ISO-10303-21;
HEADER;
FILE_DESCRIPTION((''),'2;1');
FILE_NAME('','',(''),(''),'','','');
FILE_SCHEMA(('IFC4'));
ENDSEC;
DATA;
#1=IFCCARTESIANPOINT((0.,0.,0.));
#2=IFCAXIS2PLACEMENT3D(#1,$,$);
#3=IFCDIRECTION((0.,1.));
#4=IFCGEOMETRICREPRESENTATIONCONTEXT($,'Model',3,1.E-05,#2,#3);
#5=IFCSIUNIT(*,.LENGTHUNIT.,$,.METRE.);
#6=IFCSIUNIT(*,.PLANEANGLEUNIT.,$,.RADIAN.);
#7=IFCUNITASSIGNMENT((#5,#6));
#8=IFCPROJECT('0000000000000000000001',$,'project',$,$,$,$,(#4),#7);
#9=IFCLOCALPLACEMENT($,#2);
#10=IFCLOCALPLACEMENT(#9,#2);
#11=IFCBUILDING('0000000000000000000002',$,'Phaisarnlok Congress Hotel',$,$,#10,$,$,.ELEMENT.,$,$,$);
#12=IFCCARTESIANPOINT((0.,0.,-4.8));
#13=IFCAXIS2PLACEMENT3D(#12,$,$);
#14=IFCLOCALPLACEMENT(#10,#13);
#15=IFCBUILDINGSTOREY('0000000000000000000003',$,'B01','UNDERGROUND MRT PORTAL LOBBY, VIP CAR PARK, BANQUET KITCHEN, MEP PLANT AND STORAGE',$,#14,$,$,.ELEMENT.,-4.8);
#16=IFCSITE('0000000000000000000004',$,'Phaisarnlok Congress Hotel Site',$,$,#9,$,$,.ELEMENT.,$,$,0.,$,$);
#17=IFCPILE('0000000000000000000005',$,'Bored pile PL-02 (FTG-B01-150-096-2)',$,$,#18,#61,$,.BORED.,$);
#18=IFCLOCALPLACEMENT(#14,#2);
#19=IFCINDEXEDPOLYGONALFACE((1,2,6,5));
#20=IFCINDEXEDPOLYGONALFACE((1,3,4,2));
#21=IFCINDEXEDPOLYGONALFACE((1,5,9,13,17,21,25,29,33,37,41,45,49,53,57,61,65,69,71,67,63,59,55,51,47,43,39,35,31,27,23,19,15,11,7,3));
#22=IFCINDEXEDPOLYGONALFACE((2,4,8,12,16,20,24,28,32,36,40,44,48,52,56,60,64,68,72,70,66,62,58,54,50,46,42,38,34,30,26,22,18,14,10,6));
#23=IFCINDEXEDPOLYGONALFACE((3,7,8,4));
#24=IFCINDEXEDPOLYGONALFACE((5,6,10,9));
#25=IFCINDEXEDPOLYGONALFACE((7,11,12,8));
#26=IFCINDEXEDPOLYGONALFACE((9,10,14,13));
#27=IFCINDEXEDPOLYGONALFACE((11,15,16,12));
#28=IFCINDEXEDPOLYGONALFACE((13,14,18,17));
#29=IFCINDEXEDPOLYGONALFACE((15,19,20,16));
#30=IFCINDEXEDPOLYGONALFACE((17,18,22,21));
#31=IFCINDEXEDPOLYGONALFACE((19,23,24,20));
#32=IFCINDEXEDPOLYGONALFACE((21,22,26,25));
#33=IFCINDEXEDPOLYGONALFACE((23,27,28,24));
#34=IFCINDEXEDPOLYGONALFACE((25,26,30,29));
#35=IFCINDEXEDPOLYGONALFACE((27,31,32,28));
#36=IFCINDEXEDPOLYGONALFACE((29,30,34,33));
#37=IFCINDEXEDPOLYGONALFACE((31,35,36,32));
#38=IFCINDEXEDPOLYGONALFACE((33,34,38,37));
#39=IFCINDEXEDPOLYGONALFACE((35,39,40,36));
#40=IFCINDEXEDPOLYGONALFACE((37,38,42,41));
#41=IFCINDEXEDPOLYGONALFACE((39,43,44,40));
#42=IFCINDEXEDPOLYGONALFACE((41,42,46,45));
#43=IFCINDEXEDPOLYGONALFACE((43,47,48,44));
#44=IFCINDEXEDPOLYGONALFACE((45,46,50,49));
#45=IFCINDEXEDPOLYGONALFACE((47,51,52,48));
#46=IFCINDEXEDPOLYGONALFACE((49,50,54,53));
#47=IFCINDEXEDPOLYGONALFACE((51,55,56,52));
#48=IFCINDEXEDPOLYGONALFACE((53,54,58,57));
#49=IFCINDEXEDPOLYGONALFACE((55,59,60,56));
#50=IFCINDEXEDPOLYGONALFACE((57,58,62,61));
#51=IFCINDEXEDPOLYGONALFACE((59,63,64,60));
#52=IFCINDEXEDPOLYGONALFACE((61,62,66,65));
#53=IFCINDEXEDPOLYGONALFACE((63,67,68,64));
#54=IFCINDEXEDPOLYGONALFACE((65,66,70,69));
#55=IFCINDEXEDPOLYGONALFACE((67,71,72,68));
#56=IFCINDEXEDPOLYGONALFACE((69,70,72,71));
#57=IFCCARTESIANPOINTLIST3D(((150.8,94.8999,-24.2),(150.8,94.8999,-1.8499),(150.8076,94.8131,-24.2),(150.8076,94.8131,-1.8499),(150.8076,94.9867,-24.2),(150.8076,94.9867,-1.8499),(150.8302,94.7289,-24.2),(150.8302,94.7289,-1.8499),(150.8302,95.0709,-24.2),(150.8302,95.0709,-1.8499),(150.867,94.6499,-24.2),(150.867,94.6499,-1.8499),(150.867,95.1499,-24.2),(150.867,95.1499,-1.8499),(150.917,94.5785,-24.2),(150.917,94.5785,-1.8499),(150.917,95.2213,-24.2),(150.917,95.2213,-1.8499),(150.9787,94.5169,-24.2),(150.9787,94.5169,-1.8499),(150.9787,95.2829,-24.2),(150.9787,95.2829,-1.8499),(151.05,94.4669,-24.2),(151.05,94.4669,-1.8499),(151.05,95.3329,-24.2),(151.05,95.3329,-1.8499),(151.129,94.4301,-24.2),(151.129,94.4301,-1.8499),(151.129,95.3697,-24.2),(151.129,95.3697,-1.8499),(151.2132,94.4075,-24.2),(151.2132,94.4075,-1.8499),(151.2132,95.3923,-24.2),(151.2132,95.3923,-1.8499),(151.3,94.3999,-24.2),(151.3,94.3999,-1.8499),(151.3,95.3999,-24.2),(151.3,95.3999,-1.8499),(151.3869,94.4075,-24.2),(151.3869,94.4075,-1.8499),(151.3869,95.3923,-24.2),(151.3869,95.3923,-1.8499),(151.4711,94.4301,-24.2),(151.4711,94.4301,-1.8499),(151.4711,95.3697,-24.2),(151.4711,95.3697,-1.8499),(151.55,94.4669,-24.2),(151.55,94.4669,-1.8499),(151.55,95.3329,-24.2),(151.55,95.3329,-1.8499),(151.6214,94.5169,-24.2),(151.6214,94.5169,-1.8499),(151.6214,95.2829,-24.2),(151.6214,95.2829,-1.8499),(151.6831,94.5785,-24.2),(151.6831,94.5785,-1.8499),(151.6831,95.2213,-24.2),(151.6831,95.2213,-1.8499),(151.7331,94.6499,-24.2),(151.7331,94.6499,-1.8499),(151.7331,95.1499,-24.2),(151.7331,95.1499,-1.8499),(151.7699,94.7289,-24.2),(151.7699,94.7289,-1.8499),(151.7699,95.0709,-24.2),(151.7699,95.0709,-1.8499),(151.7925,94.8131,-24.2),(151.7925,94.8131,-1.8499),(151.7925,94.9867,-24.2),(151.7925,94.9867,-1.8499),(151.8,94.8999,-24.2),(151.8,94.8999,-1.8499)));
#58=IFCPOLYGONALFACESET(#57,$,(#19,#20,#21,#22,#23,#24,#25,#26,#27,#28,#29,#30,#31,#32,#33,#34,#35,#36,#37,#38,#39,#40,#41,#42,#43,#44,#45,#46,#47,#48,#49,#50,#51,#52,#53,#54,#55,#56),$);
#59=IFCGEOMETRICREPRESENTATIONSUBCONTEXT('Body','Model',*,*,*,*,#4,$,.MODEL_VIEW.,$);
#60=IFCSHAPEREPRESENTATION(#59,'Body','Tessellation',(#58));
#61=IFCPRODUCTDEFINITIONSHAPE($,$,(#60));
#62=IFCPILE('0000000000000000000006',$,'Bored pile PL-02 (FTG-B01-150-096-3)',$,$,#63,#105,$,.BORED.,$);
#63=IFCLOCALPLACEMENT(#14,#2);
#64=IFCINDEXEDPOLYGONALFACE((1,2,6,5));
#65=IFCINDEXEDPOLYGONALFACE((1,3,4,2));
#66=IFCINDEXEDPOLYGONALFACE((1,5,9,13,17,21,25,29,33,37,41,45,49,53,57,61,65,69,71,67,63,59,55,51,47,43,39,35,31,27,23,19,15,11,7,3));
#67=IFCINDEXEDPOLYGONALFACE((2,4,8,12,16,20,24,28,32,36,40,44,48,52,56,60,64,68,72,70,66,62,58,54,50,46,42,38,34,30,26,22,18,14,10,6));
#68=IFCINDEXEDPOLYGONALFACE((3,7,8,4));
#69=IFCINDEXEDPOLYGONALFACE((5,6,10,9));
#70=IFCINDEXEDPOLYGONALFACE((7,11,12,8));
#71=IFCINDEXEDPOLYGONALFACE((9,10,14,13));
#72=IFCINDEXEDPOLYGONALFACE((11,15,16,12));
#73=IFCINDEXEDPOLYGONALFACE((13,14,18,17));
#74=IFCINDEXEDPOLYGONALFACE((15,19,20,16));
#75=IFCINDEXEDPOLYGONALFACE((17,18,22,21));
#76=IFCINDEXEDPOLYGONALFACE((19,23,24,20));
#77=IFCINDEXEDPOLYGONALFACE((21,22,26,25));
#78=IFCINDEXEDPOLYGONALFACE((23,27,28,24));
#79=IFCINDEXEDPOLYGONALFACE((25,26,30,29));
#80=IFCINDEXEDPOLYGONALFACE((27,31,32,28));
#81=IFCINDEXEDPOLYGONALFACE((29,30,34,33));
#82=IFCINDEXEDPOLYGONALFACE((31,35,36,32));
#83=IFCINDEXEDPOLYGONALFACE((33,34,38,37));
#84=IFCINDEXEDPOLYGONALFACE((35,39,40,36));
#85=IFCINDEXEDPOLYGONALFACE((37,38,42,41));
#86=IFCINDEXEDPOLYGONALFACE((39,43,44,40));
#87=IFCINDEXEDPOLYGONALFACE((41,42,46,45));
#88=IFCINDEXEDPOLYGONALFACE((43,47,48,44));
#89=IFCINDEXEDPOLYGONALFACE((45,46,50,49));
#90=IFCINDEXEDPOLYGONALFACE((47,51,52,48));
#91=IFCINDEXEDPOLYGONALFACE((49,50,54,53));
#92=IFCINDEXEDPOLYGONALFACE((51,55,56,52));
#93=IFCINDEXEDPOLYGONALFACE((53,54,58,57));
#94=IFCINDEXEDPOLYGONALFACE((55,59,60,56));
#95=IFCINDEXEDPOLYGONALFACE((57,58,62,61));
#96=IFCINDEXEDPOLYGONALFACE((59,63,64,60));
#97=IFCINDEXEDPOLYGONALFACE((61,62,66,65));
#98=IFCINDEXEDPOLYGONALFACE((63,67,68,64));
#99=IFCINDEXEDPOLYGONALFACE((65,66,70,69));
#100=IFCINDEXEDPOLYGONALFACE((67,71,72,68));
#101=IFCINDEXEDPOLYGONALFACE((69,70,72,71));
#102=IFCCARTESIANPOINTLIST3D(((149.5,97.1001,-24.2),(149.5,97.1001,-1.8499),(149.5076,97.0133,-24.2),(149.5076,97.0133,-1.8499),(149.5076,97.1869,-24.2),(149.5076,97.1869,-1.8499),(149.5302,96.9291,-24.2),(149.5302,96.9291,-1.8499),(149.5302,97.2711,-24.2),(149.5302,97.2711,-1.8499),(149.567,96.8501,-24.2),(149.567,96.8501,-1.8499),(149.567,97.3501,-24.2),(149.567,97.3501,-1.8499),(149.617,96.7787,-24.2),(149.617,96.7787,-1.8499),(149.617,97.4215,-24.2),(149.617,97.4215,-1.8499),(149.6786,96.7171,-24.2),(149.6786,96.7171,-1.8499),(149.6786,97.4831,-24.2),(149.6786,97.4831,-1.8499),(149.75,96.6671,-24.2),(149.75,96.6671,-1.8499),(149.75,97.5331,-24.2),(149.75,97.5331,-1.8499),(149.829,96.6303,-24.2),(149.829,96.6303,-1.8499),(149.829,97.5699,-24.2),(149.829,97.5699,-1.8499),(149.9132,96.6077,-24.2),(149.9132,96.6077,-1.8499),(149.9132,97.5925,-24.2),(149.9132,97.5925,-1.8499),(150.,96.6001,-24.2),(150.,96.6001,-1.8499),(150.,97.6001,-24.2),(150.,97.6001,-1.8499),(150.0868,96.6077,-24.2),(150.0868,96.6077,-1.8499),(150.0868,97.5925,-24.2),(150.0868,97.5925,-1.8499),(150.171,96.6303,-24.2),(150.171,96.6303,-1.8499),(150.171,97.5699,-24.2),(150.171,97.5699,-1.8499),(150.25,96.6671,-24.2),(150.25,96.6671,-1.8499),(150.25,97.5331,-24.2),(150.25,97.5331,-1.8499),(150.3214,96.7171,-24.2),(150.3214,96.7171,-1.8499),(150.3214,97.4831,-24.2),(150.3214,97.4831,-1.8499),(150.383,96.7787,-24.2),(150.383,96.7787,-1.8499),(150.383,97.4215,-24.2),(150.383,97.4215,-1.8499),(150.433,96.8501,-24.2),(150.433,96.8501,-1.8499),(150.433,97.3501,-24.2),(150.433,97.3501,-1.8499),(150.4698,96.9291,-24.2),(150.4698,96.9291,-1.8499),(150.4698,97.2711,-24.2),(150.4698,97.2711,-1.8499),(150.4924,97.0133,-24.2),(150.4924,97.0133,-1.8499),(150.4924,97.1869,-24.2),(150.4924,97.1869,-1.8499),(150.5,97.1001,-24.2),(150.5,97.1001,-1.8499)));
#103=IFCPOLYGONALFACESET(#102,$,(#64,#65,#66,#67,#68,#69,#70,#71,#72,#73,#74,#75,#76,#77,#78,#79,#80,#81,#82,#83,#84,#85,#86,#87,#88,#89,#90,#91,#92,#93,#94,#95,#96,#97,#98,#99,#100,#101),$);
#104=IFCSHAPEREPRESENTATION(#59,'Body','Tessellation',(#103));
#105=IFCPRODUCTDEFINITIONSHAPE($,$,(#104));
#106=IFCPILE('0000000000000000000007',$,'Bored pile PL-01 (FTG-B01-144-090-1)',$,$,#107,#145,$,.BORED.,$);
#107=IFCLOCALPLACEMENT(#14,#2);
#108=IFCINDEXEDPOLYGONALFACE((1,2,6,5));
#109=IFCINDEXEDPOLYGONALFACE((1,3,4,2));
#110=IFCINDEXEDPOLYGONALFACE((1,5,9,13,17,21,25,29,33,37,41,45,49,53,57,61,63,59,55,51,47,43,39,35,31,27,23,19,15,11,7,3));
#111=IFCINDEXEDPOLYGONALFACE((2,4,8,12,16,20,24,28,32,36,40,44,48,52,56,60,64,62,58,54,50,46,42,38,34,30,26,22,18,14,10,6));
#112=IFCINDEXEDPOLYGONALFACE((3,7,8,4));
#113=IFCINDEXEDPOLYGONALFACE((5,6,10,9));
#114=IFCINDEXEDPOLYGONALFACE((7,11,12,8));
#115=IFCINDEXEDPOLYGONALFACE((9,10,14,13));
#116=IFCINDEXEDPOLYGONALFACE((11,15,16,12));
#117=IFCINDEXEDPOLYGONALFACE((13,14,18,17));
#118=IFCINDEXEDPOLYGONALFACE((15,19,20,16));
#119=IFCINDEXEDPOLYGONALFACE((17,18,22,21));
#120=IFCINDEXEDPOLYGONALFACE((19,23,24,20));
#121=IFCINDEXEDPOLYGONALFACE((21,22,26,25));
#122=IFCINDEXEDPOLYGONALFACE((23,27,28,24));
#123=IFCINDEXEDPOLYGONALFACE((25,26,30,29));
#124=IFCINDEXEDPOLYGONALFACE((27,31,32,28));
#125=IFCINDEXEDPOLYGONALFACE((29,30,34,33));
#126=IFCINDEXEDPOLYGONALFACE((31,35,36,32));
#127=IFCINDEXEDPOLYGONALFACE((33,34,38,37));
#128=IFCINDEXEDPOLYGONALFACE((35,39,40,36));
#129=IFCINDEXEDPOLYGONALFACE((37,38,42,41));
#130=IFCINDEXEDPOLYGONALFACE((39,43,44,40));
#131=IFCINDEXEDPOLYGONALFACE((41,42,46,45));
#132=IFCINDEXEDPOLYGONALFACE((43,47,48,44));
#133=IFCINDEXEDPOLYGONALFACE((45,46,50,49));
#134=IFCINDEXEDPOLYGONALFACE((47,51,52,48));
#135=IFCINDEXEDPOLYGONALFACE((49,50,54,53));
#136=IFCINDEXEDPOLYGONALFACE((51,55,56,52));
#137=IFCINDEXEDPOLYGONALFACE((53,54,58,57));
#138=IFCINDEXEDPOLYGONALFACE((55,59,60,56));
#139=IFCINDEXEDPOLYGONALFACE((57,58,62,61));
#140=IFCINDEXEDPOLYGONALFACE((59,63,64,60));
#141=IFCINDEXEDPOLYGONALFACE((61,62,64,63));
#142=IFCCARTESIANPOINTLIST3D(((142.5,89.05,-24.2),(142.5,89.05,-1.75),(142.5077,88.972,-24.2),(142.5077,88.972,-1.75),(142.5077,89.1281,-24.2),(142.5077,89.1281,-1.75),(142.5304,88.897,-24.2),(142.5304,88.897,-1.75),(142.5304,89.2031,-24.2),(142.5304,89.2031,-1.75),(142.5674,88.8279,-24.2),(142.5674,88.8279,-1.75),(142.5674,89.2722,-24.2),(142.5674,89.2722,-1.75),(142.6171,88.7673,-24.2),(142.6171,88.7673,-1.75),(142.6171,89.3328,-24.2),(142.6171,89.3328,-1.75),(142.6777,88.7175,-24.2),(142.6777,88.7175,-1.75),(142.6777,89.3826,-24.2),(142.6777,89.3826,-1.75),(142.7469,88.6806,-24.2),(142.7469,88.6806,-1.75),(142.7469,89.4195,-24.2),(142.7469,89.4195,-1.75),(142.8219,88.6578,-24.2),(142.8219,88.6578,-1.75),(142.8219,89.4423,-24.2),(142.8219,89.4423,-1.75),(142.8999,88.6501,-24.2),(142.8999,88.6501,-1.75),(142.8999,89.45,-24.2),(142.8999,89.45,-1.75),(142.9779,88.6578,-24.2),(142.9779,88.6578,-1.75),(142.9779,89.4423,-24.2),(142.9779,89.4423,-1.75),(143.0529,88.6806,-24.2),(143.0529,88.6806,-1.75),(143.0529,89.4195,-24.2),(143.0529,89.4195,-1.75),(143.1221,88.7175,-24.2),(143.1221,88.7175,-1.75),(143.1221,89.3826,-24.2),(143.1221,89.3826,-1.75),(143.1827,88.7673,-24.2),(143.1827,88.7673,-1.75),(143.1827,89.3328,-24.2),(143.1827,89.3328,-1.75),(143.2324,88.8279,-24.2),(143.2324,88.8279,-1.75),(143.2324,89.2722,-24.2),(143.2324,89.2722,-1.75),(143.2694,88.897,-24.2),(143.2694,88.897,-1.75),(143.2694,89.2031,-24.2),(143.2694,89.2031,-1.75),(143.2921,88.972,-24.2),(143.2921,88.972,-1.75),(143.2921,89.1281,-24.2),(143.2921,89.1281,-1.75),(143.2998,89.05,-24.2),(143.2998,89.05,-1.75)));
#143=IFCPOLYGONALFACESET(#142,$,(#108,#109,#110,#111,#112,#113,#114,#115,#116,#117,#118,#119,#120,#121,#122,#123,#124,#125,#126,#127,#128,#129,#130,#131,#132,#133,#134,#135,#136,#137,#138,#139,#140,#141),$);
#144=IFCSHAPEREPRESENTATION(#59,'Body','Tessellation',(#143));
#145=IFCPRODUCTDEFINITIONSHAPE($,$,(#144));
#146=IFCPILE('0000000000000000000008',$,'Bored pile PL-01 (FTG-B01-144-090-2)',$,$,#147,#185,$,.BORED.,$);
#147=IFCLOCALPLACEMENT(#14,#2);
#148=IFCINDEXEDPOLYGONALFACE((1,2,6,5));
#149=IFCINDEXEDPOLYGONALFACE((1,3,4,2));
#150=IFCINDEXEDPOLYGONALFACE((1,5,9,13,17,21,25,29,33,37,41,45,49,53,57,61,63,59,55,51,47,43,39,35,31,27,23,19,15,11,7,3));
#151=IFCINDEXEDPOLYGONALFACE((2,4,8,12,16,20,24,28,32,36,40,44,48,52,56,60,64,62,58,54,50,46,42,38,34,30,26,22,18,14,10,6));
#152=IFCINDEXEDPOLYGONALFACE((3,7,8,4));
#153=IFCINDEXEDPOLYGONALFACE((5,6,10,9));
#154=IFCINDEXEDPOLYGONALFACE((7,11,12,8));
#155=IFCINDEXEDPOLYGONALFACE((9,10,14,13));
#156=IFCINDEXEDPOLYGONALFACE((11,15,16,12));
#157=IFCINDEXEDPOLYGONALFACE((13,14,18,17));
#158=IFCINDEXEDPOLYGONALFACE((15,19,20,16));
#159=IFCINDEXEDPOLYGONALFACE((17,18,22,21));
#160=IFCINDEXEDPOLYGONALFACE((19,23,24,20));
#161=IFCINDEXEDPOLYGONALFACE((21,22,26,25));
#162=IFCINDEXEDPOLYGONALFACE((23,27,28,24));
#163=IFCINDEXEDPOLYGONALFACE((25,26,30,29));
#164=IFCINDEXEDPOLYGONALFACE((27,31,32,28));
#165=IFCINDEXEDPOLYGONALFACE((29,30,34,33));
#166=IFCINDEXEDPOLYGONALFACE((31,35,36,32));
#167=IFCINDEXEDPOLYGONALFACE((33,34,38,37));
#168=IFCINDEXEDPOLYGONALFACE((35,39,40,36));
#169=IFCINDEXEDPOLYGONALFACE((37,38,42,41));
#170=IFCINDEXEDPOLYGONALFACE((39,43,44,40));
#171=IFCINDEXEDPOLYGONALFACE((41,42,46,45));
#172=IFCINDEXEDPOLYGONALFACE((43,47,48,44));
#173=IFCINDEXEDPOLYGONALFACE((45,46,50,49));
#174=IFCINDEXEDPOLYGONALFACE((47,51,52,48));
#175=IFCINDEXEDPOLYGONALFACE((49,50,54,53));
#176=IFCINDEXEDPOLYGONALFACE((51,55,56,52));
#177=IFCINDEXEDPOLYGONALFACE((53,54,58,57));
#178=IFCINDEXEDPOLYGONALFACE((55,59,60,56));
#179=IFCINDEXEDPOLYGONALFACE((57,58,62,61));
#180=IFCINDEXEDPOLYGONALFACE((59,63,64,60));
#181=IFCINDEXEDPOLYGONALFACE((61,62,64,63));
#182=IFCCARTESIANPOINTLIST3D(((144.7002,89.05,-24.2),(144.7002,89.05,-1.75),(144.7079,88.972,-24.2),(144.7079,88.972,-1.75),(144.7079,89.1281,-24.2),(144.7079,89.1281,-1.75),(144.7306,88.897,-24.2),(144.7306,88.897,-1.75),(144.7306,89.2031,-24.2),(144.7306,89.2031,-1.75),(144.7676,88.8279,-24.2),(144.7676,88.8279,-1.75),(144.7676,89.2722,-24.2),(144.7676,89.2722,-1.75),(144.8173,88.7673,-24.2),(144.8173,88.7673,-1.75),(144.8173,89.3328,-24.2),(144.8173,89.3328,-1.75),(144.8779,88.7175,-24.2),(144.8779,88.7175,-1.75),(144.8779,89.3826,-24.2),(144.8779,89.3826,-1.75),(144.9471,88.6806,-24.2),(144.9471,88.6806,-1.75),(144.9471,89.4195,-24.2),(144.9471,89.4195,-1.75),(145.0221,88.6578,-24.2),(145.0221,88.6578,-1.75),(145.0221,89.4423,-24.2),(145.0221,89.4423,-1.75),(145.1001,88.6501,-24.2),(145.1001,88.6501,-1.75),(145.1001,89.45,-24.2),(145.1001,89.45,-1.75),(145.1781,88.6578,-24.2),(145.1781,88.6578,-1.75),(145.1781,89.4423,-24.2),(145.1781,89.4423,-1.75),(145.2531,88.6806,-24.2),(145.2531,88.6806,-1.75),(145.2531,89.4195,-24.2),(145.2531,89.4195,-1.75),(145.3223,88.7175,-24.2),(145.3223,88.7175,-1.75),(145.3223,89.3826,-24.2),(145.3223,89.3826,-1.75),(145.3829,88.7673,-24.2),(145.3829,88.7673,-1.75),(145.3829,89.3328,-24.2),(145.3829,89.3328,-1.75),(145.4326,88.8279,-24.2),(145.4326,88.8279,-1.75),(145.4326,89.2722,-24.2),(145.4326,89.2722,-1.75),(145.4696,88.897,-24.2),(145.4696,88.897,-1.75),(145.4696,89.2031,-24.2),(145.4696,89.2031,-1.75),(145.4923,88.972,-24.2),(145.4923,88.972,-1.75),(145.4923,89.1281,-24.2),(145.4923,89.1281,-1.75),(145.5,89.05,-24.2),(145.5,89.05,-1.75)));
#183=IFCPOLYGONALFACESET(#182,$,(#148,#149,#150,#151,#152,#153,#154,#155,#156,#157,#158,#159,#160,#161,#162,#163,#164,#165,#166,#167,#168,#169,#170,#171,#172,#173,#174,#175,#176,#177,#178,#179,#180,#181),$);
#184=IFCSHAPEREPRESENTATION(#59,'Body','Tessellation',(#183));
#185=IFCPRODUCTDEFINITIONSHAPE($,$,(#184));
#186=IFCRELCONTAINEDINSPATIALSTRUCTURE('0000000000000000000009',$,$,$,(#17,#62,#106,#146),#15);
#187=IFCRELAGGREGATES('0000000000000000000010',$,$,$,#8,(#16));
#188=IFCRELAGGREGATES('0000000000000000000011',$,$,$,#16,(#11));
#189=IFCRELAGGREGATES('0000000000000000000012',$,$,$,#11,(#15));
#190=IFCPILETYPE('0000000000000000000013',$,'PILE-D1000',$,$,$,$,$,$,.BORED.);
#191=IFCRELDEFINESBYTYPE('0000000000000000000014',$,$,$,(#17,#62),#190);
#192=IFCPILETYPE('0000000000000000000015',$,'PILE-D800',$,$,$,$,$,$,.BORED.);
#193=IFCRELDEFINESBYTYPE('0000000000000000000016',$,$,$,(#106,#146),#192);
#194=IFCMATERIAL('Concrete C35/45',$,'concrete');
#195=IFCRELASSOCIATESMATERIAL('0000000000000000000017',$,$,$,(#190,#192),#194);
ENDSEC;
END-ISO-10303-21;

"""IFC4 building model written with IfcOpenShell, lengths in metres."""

from ifc_helpers import new_model, si_unit, direction, frame, origin, origin_2d, place, context, subcontext, project, spatial, circle, extrude, material, material_profile, profile_set, type_object, element, save


model = new_model("IFC4")

# Units and contexts
model_context = context("Model", 3, precision=1e-05, world=origin(), true_north=direction((0.0, 1.0)))
body_context = subcontext(model_context, "Body", "Model", "MODEL_VIEW")
ifc_project = project(units=[si_unit("LENGTHUNIT", "METRE"), si_unit("PLANEANGLEUNIT", "RADIAN")], contexts=[model_context])

# Site, building, storey
site_placement = place(None, origin())
site = spatial("IfcSite", under=ifc_project, at=site_placement, Name="Phaisarnlok Congress Hotel Site", CompositionType="ELEMENT", RefElevation=0.0)
building_placement = place(site_placement, origin())
building = spatial("IfcBuilding", under=site, at=building_placement, Name="Phaisarnlok Congress Hotel", CompositionType="ELEMENT")
storey_placement = place(building_placement, frame((0.0, 0.0, -4.8)))
storey = spatial("IfcBuildingStorey", under=building, at=storey_placement, Name="B01", Description="UNDERGROUND MRT PORTAL LOBBY, VIP CAR PARK, BANQUET KITCHEN, MEP PLANT AND STORAGE", CompositionType="ELEMENT", Elevation=-4.8)

# Piles
ifc_material_1 = material(Name="Concrete C35/45", Category="concrete")
ifc_material_profile_1 = material_profile(ifc_material_1, circle(Radius=0.5, at=origin_2d()), Name="BORED PILE D1000")
ifc_profile_set_1 = profile_set([ifc_material_profile_1], Name="Concrete C35/45")
pile_type_1 = type_object("IfcPileType", Name="PILE-D1000", PredefinedType="BORED", material=ifc_profile_set_1)
for number, where, z_axis, x_axis, name in (
    (1, (151.3, 94.8999, -1.8499), (0.0, 0.0, -1.0), (1.0, 0.0, 0.0), "Bored pile PL-02 (FTG-B01-150-096-2)"),
    (2, (150.0, 97.1001, -1.8499), (0.0, 0.0, -1.0), (1.0, 0.0, 0.0), "Bored pile PL-02 (FTG-B01-150-096-3)"),
):
    element("IfcPile", number, at=place(storey_placement, frame(where, z_axis=z_axis, x_axis=x_axis)), inside=storey, type_object=pile_type_1, Name=name, PredefinedType="BORED", context=body_context, shape_type="SweptSolid", body=[
        extrude(circle(Radius=0.5, at=origin_2d()), origin(), (0.0, 0.0, 1.0), 22.3501),
    ])
ifc_material_profile_2 = material_profile(ifc_material_1, circle(Radius=0.3999, at=origin_2d()), Name="BORED PILE D800")
ifc_profile_set_2 = profile_set([ifc_material_profile_2], Name="Concrete C35/45")
pile_type_2 = type_object("IfcPileType", Name="PILE-D800", PredefinedType="BORED", material=ifc_profile_set_2)
for number, where, z_axis, x_axis, name in (
    (3, (142.8999, 89.05, -1.75), (0.0, 0.0, -1.0), (1.0, 0.0, 0.0), "Bored pile PL-01 (FTG-B01-144-090-1)"),
    (4, (145.1001, 89.05, -1.75), (0.0, 0.0, -1.0), (1.0, 0.0, 0.0), "Bored pile PL-01 (FTG-B01-144-090-2)"),
):
    element("IfcPile", number, at=place(storey_placement, frame(where, z_axis=z_axis, x_axis=x_axis)), inside=storey, type_object=pile_type_2, Name=name, PredefinedType="BORED", context=body_context, shape_type="SweptSolid", body=[
        extrude(circle(Radius=0.3999, at=origin_2d()), origin(), (0.0, 0.0, 1.0), 22.45),
    ])

save(model, "model.ifc")
